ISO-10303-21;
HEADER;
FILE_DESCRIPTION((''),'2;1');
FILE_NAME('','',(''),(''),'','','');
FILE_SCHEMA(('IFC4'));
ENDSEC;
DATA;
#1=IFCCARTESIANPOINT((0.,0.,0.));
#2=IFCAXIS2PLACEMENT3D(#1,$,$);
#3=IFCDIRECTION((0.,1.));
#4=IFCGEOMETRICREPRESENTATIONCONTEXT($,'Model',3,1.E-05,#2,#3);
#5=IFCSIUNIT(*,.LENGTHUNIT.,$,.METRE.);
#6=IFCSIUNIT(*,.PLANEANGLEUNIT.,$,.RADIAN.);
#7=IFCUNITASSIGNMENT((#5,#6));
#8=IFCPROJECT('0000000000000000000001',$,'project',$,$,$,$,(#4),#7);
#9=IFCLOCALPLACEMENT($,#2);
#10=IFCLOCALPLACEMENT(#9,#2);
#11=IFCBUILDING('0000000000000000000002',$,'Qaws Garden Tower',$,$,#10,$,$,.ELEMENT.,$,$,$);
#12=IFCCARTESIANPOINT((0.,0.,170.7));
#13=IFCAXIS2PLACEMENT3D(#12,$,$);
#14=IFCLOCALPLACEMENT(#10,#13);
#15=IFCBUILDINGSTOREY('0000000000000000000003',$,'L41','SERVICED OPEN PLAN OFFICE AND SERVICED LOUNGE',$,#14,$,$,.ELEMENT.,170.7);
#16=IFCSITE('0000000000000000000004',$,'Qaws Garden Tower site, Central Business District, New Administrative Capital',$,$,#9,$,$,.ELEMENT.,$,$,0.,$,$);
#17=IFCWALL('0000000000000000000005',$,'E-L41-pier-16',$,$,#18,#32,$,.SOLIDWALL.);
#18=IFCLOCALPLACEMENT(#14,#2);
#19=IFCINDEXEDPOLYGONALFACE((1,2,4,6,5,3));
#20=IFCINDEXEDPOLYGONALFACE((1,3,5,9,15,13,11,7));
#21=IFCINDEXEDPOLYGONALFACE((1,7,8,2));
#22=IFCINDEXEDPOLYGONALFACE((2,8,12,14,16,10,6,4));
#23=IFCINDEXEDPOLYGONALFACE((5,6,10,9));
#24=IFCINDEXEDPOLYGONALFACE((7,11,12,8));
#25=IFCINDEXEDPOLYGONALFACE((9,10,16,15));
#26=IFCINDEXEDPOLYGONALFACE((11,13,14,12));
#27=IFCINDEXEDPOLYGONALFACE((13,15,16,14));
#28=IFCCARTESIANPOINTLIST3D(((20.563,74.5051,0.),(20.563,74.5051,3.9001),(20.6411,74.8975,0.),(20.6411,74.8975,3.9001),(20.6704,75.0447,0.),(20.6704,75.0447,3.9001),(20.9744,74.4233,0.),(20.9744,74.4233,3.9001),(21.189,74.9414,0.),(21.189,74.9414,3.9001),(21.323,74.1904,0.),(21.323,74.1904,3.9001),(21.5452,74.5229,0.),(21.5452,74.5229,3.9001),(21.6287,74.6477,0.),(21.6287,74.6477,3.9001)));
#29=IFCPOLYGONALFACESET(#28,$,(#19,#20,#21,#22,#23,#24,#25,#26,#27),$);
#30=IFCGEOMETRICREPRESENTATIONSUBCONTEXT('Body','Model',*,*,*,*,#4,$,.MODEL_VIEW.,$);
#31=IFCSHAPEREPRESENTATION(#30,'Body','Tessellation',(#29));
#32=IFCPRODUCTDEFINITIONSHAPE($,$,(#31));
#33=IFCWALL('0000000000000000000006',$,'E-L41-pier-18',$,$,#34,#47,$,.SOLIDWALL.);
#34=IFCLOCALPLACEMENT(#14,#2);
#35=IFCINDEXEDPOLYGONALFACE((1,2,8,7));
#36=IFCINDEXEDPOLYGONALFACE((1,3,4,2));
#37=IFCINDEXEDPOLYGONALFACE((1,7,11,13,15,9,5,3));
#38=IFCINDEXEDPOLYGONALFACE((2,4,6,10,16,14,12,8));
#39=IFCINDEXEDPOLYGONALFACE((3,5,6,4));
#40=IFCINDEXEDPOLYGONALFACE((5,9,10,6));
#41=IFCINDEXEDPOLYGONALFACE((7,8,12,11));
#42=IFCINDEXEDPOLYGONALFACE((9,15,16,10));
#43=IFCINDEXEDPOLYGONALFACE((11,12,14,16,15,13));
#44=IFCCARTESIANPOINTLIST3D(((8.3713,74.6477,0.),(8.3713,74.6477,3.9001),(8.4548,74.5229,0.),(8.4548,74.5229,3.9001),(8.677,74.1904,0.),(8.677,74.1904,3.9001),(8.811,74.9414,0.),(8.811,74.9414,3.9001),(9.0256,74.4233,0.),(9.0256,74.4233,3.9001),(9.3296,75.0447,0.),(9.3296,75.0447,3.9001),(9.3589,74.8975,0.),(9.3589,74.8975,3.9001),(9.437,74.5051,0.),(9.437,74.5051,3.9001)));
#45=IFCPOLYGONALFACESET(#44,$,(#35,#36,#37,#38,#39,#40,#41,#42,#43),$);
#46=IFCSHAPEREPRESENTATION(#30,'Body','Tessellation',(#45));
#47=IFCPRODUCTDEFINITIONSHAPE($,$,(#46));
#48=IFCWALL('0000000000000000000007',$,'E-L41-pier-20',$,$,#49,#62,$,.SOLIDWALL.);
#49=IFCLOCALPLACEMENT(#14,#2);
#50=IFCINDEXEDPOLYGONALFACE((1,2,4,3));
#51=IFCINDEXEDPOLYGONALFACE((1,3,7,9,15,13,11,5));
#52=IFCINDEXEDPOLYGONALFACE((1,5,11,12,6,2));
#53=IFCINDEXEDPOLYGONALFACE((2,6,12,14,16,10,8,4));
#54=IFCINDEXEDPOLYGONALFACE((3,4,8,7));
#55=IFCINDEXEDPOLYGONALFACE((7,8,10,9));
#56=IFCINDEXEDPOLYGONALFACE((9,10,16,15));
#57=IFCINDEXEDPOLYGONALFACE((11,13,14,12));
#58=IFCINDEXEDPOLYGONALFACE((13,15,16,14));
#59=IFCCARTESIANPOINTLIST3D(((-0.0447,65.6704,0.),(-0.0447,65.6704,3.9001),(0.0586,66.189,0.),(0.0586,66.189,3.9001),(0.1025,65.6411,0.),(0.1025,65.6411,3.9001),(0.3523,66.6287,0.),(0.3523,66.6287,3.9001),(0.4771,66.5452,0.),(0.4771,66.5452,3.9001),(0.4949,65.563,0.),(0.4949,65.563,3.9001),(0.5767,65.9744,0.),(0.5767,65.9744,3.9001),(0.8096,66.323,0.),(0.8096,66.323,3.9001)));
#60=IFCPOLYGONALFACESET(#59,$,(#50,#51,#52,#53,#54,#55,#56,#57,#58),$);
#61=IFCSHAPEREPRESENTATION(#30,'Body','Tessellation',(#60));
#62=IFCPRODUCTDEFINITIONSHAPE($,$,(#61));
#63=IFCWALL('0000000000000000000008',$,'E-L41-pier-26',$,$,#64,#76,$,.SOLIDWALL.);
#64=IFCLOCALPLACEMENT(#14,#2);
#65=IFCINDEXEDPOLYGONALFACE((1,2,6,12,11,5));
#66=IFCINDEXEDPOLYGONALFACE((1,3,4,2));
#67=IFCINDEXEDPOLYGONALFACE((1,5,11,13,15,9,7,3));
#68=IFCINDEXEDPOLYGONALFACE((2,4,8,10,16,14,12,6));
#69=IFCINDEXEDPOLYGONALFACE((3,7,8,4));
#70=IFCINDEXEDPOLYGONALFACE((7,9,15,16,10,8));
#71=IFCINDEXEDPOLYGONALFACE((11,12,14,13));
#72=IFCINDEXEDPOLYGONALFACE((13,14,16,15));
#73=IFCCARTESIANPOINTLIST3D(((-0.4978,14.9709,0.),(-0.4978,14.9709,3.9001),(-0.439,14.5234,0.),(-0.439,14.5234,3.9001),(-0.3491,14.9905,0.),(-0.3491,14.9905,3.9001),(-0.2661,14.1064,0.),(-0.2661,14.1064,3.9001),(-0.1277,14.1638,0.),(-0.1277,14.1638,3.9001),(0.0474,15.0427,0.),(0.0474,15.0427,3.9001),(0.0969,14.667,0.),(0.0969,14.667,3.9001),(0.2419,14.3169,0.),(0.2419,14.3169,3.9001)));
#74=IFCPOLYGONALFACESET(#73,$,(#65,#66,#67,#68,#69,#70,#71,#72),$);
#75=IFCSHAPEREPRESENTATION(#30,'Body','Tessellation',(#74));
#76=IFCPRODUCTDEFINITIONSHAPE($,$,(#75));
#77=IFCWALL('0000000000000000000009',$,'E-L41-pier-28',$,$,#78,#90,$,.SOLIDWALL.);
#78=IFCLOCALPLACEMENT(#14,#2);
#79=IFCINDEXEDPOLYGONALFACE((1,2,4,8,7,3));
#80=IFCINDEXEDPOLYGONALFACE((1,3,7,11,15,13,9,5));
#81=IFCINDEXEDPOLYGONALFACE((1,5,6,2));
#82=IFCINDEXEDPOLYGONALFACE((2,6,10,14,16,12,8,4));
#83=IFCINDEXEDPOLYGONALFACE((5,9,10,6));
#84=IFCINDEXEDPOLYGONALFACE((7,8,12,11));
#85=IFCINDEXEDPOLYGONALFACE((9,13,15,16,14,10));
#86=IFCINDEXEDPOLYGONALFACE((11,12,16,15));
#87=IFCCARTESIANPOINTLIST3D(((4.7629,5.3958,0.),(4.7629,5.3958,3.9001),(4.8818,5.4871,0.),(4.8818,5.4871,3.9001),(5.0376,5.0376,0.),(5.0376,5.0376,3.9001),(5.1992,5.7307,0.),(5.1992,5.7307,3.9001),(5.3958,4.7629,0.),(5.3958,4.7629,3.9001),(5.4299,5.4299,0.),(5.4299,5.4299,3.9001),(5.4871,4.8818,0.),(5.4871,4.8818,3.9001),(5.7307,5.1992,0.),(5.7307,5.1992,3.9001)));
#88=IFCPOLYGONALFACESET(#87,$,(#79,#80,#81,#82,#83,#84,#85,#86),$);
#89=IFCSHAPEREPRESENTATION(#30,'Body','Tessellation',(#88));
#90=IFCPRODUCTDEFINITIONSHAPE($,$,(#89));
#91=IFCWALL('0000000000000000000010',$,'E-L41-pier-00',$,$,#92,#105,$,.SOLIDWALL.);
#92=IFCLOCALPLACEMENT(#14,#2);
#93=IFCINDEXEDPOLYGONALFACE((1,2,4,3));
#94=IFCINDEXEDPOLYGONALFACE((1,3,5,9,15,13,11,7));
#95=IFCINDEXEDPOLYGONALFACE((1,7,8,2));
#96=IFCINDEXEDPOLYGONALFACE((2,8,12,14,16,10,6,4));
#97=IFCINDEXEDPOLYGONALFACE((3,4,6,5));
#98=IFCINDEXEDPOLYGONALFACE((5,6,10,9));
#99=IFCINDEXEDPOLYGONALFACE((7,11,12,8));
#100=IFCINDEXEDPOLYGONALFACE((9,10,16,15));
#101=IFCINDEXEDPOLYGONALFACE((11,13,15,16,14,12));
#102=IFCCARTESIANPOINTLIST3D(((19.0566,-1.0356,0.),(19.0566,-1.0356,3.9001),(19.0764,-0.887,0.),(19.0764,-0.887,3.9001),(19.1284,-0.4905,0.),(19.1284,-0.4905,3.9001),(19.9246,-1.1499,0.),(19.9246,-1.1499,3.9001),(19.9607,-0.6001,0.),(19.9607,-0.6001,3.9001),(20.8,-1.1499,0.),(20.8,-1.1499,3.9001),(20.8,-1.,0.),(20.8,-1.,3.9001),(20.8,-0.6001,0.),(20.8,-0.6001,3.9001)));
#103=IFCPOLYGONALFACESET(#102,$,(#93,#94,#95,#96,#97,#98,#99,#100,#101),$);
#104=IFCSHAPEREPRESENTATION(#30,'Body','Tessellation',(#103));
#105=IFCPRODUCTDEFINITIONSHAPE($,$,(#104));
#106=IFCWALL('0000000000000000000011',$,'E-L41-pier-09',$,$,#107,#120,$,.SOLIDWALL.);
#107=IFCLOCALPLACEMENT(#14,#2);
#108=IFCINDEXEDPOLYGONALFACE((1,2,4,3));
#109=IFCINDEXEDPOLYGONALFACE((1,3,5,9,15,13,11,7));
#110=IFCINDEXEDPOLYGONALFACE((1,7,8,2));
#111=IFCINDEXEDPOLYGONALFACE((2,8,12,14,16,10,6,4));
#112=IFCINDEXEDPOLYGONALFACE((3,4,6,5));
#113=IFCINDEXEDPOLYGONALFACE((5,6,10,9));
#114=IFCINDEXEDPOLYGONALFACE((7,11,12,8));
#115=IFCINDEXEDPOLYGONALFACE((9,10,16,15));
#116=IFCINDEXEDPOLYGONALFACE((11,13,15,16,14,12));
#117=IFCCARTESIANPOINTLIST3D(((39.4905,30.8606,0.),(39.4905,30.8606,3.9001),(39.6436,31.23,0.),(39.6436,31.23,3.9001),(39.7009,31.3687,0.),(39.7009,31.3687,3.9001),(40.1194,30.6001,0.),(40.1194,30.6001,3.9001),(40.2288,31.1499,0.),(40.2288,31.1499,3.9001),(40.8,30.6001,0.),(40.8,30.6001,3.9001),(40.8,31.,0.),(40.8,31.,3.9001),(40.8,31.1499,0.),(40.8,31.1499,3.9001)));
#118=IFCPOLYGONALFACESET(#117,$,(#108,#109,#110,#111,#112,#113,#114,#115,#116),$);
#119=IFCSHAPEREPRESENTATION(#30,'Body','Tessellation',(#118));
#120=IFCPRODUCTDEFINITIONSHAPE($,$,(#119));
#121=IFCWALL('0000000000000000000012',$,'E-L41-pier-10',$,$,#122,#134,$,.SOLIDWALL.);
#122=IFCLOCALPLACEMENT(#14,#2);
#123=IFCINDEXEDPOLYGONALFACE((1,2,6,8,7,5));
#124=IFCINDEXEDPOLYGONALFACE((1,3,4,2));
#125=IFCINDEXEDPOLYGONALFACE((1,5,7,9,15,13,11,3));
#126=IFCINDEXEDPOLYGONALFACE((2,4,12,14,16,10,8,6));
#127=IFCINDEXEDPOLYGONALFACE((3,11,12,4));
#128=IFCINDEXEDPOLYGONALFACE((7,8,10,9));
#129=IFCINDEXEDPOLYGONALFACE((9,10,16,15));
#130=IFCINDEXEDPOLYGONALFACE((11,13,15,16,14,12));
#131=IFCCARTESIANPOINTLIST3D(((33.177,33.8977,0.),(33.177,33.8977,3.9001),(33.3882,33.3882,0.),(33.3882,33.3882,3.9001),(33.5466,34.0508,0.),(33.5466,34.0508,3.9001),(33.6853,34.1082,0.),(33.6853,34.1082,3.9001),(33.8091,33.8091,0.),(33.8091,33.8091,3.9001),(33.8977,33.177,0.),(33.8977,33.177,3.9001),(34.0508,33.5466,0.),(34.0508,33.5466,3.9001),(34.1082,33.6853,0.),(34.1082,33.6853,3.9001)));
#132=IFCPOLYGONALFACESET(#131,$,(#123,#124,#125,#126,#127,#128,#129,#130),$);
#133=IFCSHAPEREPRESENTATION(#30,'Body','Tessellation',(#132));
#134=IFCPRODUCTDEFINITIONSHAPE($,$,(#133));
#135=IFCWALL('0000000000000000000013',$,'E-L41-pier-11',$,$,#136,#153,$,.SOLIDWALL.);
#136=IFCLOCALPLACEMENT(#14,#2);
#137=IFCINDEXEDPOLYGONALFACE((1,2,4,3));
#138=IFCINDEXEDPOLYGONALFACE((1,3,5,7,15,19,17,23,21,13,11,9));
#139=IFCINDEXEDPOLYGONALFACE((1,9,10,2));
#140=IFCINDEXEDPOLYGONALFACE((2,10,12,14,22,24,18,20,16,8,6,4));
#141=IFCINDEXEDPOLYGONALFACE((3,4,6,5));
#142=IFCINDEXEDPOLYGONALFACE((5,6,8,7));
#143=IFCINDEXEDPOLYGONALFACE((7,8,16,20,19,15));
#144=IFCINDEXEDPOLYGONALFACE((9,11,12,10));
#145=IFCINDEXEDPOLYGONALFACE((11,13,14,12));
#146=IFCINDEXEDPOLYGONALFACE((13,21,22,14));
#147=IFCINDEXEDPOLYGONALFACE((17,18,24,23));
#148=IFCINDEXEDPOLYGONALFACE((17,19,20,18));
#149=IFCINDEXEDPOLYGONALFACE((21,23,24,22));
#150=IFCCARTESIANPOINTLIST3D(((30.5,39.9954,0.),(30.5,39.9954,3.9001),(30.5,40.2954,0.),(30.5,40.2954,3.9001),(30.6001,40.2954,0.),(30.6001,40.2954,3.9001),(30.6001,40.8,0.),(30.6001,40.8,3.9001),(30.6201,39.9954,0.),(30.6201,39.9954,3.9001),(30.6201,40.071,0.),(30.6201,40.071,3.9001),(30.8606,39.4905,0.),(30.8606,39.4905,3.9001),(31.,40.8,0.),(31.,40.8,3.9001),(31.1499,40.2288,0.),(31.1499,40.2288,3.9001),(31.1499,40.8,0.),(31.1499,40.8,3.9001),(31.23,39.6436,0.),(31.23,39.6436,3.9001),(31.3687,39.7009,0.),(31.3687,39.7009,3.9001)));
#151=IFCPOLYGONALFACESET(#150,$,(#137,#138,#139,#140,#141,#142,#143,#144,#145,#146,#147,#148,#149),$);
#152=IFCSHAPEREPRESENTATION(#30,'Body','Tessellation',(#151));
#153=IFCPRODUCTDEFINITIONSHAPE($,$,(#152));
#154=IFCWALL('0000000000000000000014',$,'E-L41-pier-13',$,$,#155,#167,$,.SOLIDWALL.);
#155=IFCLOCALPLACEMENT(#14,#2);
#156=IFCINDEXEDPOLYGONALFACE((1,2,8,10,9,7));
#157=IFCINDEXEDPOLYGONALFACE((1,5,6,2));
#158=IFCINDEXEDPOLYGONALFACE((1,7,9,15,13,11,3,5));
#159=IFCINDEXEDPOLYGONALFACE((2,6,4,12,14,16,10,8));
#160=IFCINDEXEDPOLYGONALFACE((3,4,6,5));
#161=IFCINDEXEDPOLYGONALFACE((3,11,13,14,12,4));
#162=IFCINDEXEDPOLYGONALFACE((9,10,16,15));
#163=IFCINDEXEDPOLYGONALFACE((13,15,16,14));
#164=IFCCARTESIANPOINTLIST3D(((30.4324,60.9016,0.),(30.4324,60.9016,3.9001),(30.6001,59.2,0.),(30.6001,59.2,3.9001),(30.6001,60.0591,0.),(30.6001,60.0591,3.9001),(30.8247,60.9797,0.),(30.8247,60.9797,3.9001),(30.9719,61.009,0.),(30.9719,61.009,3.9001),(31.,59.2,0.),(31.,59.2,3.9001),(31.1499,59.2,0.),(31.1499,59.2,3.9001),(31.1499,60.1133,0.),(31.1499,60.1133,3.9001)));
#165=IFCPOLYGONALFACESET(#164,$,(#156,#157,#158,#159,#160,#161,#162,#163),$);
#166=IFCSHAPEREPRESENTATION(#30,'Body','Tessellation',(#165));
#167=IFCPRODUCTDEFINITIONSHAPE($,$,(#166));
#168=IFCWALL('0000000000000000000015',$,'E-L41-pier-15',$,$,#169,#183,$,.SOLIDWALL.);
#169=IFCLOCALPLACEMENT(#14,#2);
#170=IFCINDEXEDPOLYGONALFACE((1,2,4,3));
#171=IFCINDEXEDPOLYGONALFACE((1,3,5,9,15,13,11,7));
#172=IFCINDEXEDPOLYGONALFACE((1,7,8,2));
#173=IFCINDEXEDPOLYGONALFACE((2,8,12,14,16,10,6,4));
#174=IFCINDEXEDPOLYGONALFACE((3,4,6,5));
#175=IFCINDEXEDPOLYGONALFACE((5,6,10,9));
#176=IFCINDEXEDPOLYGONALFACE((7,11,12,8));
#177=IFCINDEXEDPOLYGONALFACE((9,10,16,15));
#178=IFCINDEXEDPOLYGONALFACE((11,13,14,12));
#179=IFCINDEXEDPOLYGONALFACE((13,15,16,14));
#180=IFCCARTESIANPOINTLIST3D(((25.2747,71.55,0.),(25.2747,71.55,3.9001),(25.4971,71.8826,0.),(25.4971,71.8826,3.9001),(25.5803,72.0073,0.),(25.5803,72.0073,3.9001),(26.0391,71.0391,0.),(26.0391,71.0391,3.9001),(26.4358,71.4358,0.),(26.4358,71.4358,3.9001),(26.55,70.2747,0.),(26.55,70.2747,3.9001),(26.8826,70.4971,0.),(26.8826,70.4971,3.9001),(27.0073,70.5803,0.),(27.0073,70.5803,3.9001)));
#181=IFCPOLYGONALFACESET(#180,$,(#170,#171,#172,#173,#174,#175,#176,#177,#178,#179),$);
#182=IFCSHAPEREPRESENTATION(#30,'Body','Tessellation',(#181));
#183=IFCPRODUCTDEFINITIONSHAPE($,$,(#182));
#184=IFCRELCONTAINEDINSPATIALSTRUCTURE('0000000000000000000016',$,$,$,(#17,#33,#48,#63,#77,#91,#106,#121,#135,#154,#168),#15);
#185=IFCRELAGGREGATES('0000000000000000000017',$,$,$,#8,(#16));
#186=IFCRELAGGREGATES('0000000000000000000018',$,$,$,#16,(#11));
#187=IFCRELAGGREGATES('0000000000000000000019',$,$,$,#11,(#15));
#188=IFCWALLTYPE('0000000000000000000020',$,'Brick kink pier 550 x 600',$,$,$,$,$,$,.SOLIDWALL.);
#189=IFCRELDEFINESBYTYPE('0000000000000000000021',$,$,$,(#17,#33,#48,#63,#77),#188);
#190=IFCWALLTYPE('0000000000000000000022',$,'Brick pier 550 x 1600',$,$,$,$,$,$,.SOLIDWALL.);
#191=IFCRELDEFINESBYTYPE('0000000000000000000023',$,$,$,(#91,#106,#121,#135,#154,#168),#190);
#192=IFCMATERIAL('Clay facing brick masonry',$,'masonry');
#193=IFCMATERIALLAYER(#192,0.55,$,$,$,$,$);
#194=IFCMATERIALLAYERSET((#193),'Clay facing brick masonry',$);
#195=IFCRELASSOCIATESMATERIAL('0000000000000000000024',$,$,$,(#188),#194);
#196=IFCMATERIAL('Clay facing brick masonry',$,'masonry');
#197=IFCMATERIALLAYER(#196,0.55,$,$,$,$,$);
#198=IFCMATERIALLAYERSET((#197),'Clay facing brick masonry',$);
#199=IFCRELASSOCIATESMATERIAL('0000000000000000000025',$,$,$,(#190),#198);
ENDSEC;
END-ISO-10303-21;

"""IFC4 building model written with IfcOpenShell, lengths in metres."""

from ifc_helpers import new_model, si_unit, direction, frame, origin, place, context, subcontext, project, spatial, polyline, outline, extrude, material, layer, layer_set, type_object, element, save


model = new_model("IFC4")

# Units and contexts
model_context = context("Model", 3, precision=1e-05, world=origin(), true_north=direction((0.0, 1.0)))
body_context = subcontext(model_context, "Body", "Model", "MODEL_VIEW")
ifc_project = project(units=[si_unit("LENGTHUNIT", "METRE"), si_unit("PLANEANGLEUNIT", "RADIAN")], contexts=[model_context])

# Site, building, storey
site_placement = place(None, origin())
site = spatial("IfcSite", under=ifc_project, at=site_placement, Name="Qaws Garden Tower site, Central Business District, New Administrative Capital", CompositionType="ELEMENT", RefElevation=0.0)
building_placement = place(site_placement, origin())
building = spatial("IfcBuilding", under=site, at=building_placement, Name="Qaws Garden Tower", CompositionType="ELEMENT")
storey_placement = place(building_placement, frame((0.0, 0.0, 170.7)))
storey = spatial("IfcBuildingStorey", under=building, at=storey_placement, Name="L41", Description="SERVICED OPEN PLAN OFFICE AND SERVICED LOUNGE", CompositionType="ELEMENT", Elevation=170.7)

# Walls
placement = place(storey_placement, origin())
ifc_material_1 = material(Name="Clay facing brick masonry", Category="masonry")
ifc_layer_1 = layer(ifc_material_1, 0.55)
ifc_layer_set_1 = layer_set([ifc_layer_1], Name="Clay facing brick masonry")
wall_type_1 = type_object("IfcWallType", Name="Brick kink pier 550 x 600", PredefinedType="SOLIDWALL", material=ifc_layer_set_1)
element("IfcWall", 1, at=placement, inside=storey, type_object=wall_type_1, Name="E-L41-pier-16", PredefinedType="SOLIDWALL", context=body_context, shape_type="SweptSolid", body=[
    extrude(outline(polyline([(21.5452, 74.5229), (21.6287, 74.6477), (21.189, 74.9414), (20.6704, 75.0447), (20.6411, 74.8975), (20.563, 74.5051), (20.9744, 74.4233), (21.323, 74.1904), (21.5452, 74.5229)])), origin(), (0.0, 0.0, 1.0), 3.9001),
])
element("IfcWall", 2, at=placement, inside=storey, type_object=wall_type_1, Name="E-L41-pier-18", PredefinedType="SOLIDWALL", context=body_context, shape_type="SweptSolid", body=[
    extrude(outline(polyline([(9.3589, 74.8975), (9.3296, 75.0447), (8.811, 74.9414), (8.3713, 74.6477), (8.4548, 74.5229), (8.677, 74.1904), (9.0256, 74.4233), (9.437, 74.5051), (9.3589, 74.8975)])), origin(), (0.0, 0.0, 1.0), 3.9001),
])
element("IfcWall", 3, at=placement, inside=storey, type_object=wall_type_1, Name="E-L41-pier-20", PredefinedType="SOLIDWALL", context=body_context, shape_type="SweptSolid", body=[
    extrude(outline(polyline([(0.4771, 66.5452), (0.3523, 66.6287), (0.0586, 66.189), (-0.0447, 65.6704), (0.1025, 65.6411), (0.4949, 65.563), (0.5767, 65.9744), (0.8096, 66.323), (0.4771, 66.5452)])), origin(), (0.0, 0.0, 1.0), 3.9001),
])
element("IfcWall", 4, at=placement, inside=storey, type_object=wall_type_1, Name="E-L41-pier-26", PredefinedType="SOLIDWALL", context=body_context, shape_type="SweptSolid", body=[
    extrude(outline(polyline([(-0.3491, 14.9905), (-0.4978, 14.9709), (-0.439, 14.5234), (-0.2661, 14.1064), (-0.1277, 14.1638), (0.2419, 14.3169), (0.0969, 14.667), (0.0474, 15.0427), (-0.3491, 14.9905)])), origin(), (0.0, 0.0, 1.0), 3.9001),
])
element("IfcWall", 5, at=placement, inside=storey, type_object=wall_type_1, Name="E-L41-pier-28", PredefinedType="SOLIDWALL", context=body_context, shape_type="SweptSolid", body=[
    extrude(outline(polyline([(4.8818, 5.4871), (4.7629, 5.3958), (5.0376, 5.0376), (5.3958, 4.7629), (5.4871, 4.8818), (5.7307, 5.1992), (5.4299, 5.4299), (5.1992, 5.7307), (4.8818, 5.4871)])), origin(), (0.0, 0.0, 1.0), 3.9001),
])
ifc_material_2 = material(Name="Clay facing brick masonry", Category="masonry")
ifc_layer_2 = layer(ifc_material_2, 0.55)
ifc_layer_set_2 = layer_set([ifc_layer_2], Name="Clay facing brick masonry")
wall_type_2 = type_object("IfcWallType", Name="Brick pier 550 x 1600", PredefinedType="SOLIDWALL", material=ifc_layer_set_2)
element("IfcWall", 6, at=placement, inside=storey, type_object=wall_type_2, Name="E-L41-pier-00", PredefinedType="SOLIDWALL", context=body_context, shape_type="SweptSolid", body=[
    extrude(outline(polyline([(19.0764, -0.887), (19.0566, -1.0356), (19.9246, -1.1499), (20.8, -1.1499), (20.8, -1.0), (20.8, -0.6001), (19.9607, -0.6001), (19.1284, -0.4905), (19.0764, -0.887)])), origin(), (0.0, 0.0, 1.0), 3.9001),
])
element("IfcWall", 7, at=placement, inside=storey, type_object=wall_type_2, Name="E-L41-pier-09", PredefinedType="SOLIDWALL", context=body_context, shape_type="SweptSolid", body=[
    extrude(outline(polyline([(40.8, 31.0), (40.8, 31.1499), (40.2288, 31.1499), (39.7009, 31.3687), (39.6436, 31.23), (39.4905, 30.8606), (40.1194, 30.6001), (40.8, 30.6001), (40.8, 31.0)])), origin(), (0.0, 0.0, 1.0), 3.9001),
])
element("IfcWall", 8, at=placement, inside=storey, type_object=wall_type_2, Name="E-L41-pier-10", PredefinedType="SOLIDWALL", context=body_context, shape_type="SweptSolid", body=[
    extrude(outline(polyline([(34.0508, 33.5466), (34.1082, 33.6853), (33.8091, 33.8091), (33.6853, 34.1082), (33.5466, 34.0508), (33.177, 33.8977), (33.3882, 33.3882), (33.8977, 33.177), (34.0508, 33.5466)])), origin(), (0.0, 0.0, 1.0), 3.9001),
])
element("IfcWall", 9, at=placement, inside=storey, type_object=wall_type_2, Name="E-L41-pier-11", PredefinedType="SOLIDWALL", context=body_context, shape_type="SweptSolid", body=[
    extrude(outline(polyline([(30.6201, 39.9954), (30.6201, 40.071), (30.8606, 39.4905), (31.23, 39.6436), (31.3687, 39.7009), (31.1499, 40.2288), (31.1499, 40.8), (31.0, 40.8), (30.6001, 40.8), (30.6001, 40.2954), (30.5, 40.2954), (30.5, 39.9954), (30.6201, 39.9954)])), origin(), (0.0, 0.0, 1.0), 3.9001),
])
element("IfcWall", 10, at=placement, inside=storey, type_object=wall_type_2, Name="E-L41-pier-13", PredefinedType="SOLIDWALL", context=body_context, shape_type="SweptSolid", body=[
    extrude(outline(polyline([(31.0, 59.2), (31.1499, 59.2), (31.1499, 60.1133), (30.9719, 61.009), (30.8247, 60.9797), (30.4324, 60.9016), (30.6001, 60.0591), (30.6001, 59.2), (31.0, 59.2)])), origin(), (0.0, 0.0, 1.0), 3.9001),
])
element("IfcWall", 11, at=placement, inside=storey, type_object=wall_type_2, Name="E-L41-pier-15", PredefinedType="SOLIDWALL", context=body_context, shape_type="SweptSolid", body=[
    extrude(outline(polyline([(26.8826, 70.4971), (27.0073, 70.5803), (26.4358, 71.4358), (25.5803, 72.0073), (25.4971, 71.8826), (25.2747, 71.55), (26.0391, 71.0391), (26.55, 70.2747), (26.8826, 70.4971)])), origin(), (0.0, 0.0, 1.0), 3.9001),
])

save(model, "model.ifc")
